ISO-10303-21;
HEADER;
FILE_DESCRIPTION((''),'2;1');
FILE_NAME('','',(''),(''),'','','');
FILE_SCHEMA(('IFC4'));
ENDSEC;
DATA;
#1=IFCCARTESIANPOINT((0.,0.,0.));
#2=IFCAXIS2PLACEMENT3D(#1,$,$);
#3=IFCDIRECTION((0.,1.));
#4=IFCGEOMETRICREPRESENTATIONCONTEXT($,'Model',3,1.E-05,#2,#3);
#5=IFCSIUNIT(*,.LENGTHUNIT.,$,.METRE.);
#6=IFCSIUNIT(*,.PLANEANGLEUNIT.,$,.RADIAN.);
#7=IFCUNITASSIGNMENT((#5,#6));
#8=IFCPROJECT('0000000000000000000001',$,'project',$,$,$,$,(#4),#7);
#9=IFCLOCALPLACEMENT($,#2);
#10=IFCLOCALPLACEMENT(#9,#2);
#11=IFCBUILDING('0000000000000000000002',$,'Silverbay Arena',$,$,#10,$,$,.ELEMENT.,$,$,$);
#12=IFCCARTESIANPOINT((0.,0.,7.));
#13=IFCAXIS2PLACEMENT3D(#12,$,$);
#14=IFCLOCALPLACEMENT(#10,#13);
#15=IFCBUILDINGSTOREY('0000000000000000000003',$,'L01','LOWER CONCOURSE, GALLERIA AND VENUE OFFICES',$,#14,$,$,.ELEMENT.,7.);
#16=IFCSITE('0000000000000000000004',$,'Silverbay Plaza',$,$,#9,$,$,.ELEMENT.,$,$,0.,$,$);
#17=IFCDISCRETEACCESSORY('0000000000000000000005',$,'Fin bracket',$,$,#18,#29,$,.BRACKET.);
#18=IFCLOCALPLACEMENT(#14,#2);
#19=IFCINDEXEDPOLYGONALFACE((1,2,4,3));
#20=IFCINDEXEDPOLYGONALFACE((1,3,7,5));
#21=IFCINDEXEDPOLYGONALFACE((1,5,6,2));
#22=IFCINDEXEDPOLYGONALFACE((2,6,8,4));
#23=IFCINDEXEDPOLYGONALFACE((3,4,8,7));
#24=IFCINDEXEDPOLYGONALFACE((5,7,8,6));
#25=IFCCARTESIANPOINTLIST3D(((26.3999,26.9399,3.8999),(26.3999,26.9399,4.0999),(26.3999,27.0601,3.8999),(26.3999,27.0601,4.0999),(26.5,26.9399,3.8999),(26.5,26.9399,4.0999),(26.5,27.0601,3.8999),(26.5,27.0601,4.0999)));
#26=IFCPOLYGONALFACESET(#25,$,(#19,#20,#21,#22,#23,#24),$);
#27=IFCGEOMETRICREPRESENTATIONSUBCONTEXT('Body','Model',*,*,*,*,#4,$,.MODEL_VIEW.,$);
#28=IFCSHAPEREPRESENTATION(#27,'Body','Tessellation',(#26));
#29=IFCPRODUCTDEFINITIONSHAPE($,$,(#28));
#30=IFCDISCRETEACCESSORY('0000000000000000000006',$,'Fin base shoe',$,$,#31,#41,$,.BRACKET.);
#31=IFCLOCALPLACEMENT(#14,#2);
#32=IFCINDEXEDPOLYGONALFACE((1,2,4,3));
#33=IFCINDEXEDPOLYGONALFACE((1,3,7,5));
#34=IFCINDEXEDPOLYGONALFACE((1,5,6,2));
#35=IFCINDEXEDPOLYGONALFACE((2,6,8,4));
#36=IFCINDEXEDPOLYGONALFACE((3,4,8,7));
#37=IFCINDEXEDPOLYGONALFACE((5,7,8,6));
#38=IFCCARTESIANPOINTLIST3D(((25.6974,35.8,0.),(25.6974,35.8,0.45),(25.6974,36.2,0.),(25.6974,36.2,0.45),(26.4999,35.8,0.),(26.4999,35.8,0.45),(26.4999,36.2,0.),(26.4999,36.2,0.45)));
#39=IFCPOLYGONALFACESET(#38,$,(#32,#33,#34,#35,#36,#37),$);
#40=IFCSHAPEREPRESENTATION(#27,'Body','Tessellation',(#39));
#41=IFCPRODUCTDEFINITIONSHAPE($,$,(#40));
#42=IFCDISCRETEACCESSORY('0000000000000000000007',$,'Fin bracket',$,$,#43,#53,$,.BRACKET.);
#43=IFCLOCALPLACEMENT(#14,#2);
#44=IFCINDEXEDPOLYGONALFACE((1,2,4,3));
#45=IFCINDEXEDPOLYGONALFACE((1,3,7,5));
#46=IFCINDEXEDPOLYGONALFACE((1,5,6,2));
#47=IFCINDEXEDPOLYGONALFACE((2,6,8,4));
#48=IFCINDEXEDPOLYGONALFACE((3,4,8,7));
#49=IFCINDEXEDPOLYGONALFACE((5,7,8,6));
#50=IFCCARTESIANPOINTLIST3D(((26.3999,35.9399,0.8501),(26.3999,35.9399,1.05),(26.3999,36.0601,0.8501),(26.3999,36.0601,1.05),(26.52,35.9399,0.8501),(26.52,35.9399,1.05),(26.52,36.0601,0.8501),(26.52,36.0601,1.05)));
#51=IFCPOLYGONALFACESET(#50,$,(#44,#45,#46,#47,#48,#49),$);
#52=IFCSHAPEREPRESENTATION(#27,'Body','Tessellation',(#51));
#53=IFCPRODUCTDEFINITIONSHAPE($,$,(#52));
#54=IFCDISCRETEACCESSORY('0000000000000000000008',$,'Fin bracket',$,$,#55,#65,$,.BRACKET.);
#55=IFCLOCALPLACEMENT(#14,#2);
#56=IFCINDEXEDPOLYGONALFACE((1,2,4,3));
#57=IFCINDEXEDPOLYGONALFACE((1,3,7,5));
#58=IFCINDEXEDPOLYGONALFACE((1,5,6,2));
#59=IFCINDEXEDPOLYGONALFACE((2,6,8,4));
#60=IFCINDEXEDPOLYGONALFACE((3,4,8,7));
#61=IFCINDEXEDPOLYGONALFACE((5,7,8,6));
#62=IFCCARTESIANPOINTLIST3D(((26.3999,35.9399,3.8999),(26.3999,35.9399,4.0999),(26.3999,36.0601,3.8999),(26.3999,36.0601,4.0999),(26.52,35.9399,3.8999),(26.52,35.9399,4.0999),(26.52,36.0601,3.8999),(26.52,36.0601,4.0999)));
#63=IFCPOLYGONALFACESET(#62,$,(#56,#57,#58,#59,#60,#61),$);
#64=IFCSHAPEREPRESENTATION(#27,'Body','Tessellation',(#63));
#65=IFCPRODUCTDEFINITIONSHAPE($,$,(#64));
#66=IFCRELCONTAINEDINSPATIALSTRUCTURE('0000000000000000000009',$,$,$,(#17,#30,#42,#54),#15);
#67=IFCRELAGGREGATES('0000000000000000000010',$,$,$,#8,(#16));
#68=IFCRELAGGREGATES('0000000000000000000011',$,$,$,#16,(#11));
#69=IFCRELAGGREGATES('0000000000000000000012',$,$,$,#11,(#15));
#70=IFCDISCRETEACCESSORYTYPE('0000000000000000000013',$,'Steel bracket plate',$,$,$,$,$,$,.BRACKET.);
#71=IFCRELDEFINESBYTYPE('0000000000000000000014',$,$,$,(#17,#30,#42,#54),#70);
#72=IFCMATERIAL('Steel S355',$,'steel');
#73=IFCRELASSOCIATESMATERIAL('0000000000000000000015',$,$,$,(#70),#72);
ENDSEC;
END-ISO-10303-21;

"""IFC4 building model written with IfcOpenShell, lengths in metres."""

from ifc_helpers import new_model, si_unit, direction, frame, origin, origin_2d, place, context, subcontext, project, spatial, rectangle, extrude, material, type_object, element, save


model = new_model("IFC4")

# Units and contexts
model_context = context("Model", 3, precision=1e-05, world=origin(), true_north=direction((0.0, 1.0)))
body_context = subcontext(model_context, "Body", "Model", "MODEL_VIEW")
ifc_project = project(units=[si_unit("LENGTHUNIT", "METRE"), si_unit("PLANEANGLEUNIT", "RADIAN")], contexts=[model_context])

# Site, building, storey
site_placement = place(None, origin())
site = spatial("IfcSite", under=ifc_project, at=site_placement, Name="Silverbay Plaza", CompositionType="ELEMENT", RefElevation=0.0)
building_placement = place(site_placement, origin())
building = spatial("IfcBuilding", under=site, at=building_placement, Name="Silverbay Arena", CompositionType="ELEMENT")
storey_placement = place(building_placement, frame((0.0, 0.0, 7.0)))
storey = spatial("IfcBuildingStorey", under=building, at=storey_placement, Name="L01", Description="LOWER CONCOURSE, GALLERIA AND VENUE OFFICES", CompositionType="ELEMENT", Elevation=7.0)

# Discrete accessories
ifc_material_1 = material(Name="Steel S355", Category="steel")
discrete_accessory_type = type_object("IfcDiscreteAccessoryType", Name="Steel bracket plate", PredefinedType="BRACKET", material=ifc_material_1)
for number, where, z_axis, x_axis, name in (
    (1, (26.45, 27.0, 3.8999), (0.0, 0.0, 1.0), (1.0, 0.0, 0.0), "Fin bracket"),
):
    element("IfcDiscreteAccessory", number, at=place(storey_placement, frame(where, z_axis=z_axis, x_axis=x_axis)), inside=storey, type_object=discrete_accessory_type, Name=name, PredefinedType="BRACKET", context=body_context, shape_type="SweptSolid", body=[
        extrude(rectangle(XDim=0.1001, YDim=0.1201, at=origin_2d()), origin(), (0.0, 0.0, 1.0), 0.2),
    ])
discrete_accessory_1_placement = place(storey_placement, frame((26.0986, 36.0, 0.0), z_axis=(0.0, 0.0, 1.0), x_axis=(1.0, 0.0, 0.0)))
element("IfcDiscreteAccessory", 2, at=discrete_accessory_1_placement, inside=storey, type_object=discrete_accessory_type, Name="Fin base shoe", PredefinedType="BRACKET", context=body_context, shape_type="SweptSolid", body=[
    extrude(rectangle(XDim=0.8025, YDim=0.3999, at=origin_2d()), origin(), (0.0, 0.0, 1.0), 0.45),
])
for number, where, z_axis, x_axis, name in (
    (3, (26.46, 36.0, 0.8501), (0.0, 0.0, 1.0), (1.0, 0.0, 0.0), "Fin bracket"),
    (4, (26.46, 36.0, 3.8999), (0.0, 0.0, 1.0), (1.0, 0.0, 0.0), "Fin bracket"),
):
    element("IfcDiscreteAccessory", number, at=place(storey_placement, frame(where, z_axis=z_axis, x_axis=x_axis)), inside=storey, type_object=discrete_accessory_type, Name=name, PredefinedType="BRACKET", context=body_context, shape_type="SweptSolid", body=[
        extrude(rectangle(XDim=0.1201, YDim=0.1201, at=origin_2d()), origin(), (0.0, 0.0, 1.0), 0.2),
    ])

save(model, "model.ifc")
